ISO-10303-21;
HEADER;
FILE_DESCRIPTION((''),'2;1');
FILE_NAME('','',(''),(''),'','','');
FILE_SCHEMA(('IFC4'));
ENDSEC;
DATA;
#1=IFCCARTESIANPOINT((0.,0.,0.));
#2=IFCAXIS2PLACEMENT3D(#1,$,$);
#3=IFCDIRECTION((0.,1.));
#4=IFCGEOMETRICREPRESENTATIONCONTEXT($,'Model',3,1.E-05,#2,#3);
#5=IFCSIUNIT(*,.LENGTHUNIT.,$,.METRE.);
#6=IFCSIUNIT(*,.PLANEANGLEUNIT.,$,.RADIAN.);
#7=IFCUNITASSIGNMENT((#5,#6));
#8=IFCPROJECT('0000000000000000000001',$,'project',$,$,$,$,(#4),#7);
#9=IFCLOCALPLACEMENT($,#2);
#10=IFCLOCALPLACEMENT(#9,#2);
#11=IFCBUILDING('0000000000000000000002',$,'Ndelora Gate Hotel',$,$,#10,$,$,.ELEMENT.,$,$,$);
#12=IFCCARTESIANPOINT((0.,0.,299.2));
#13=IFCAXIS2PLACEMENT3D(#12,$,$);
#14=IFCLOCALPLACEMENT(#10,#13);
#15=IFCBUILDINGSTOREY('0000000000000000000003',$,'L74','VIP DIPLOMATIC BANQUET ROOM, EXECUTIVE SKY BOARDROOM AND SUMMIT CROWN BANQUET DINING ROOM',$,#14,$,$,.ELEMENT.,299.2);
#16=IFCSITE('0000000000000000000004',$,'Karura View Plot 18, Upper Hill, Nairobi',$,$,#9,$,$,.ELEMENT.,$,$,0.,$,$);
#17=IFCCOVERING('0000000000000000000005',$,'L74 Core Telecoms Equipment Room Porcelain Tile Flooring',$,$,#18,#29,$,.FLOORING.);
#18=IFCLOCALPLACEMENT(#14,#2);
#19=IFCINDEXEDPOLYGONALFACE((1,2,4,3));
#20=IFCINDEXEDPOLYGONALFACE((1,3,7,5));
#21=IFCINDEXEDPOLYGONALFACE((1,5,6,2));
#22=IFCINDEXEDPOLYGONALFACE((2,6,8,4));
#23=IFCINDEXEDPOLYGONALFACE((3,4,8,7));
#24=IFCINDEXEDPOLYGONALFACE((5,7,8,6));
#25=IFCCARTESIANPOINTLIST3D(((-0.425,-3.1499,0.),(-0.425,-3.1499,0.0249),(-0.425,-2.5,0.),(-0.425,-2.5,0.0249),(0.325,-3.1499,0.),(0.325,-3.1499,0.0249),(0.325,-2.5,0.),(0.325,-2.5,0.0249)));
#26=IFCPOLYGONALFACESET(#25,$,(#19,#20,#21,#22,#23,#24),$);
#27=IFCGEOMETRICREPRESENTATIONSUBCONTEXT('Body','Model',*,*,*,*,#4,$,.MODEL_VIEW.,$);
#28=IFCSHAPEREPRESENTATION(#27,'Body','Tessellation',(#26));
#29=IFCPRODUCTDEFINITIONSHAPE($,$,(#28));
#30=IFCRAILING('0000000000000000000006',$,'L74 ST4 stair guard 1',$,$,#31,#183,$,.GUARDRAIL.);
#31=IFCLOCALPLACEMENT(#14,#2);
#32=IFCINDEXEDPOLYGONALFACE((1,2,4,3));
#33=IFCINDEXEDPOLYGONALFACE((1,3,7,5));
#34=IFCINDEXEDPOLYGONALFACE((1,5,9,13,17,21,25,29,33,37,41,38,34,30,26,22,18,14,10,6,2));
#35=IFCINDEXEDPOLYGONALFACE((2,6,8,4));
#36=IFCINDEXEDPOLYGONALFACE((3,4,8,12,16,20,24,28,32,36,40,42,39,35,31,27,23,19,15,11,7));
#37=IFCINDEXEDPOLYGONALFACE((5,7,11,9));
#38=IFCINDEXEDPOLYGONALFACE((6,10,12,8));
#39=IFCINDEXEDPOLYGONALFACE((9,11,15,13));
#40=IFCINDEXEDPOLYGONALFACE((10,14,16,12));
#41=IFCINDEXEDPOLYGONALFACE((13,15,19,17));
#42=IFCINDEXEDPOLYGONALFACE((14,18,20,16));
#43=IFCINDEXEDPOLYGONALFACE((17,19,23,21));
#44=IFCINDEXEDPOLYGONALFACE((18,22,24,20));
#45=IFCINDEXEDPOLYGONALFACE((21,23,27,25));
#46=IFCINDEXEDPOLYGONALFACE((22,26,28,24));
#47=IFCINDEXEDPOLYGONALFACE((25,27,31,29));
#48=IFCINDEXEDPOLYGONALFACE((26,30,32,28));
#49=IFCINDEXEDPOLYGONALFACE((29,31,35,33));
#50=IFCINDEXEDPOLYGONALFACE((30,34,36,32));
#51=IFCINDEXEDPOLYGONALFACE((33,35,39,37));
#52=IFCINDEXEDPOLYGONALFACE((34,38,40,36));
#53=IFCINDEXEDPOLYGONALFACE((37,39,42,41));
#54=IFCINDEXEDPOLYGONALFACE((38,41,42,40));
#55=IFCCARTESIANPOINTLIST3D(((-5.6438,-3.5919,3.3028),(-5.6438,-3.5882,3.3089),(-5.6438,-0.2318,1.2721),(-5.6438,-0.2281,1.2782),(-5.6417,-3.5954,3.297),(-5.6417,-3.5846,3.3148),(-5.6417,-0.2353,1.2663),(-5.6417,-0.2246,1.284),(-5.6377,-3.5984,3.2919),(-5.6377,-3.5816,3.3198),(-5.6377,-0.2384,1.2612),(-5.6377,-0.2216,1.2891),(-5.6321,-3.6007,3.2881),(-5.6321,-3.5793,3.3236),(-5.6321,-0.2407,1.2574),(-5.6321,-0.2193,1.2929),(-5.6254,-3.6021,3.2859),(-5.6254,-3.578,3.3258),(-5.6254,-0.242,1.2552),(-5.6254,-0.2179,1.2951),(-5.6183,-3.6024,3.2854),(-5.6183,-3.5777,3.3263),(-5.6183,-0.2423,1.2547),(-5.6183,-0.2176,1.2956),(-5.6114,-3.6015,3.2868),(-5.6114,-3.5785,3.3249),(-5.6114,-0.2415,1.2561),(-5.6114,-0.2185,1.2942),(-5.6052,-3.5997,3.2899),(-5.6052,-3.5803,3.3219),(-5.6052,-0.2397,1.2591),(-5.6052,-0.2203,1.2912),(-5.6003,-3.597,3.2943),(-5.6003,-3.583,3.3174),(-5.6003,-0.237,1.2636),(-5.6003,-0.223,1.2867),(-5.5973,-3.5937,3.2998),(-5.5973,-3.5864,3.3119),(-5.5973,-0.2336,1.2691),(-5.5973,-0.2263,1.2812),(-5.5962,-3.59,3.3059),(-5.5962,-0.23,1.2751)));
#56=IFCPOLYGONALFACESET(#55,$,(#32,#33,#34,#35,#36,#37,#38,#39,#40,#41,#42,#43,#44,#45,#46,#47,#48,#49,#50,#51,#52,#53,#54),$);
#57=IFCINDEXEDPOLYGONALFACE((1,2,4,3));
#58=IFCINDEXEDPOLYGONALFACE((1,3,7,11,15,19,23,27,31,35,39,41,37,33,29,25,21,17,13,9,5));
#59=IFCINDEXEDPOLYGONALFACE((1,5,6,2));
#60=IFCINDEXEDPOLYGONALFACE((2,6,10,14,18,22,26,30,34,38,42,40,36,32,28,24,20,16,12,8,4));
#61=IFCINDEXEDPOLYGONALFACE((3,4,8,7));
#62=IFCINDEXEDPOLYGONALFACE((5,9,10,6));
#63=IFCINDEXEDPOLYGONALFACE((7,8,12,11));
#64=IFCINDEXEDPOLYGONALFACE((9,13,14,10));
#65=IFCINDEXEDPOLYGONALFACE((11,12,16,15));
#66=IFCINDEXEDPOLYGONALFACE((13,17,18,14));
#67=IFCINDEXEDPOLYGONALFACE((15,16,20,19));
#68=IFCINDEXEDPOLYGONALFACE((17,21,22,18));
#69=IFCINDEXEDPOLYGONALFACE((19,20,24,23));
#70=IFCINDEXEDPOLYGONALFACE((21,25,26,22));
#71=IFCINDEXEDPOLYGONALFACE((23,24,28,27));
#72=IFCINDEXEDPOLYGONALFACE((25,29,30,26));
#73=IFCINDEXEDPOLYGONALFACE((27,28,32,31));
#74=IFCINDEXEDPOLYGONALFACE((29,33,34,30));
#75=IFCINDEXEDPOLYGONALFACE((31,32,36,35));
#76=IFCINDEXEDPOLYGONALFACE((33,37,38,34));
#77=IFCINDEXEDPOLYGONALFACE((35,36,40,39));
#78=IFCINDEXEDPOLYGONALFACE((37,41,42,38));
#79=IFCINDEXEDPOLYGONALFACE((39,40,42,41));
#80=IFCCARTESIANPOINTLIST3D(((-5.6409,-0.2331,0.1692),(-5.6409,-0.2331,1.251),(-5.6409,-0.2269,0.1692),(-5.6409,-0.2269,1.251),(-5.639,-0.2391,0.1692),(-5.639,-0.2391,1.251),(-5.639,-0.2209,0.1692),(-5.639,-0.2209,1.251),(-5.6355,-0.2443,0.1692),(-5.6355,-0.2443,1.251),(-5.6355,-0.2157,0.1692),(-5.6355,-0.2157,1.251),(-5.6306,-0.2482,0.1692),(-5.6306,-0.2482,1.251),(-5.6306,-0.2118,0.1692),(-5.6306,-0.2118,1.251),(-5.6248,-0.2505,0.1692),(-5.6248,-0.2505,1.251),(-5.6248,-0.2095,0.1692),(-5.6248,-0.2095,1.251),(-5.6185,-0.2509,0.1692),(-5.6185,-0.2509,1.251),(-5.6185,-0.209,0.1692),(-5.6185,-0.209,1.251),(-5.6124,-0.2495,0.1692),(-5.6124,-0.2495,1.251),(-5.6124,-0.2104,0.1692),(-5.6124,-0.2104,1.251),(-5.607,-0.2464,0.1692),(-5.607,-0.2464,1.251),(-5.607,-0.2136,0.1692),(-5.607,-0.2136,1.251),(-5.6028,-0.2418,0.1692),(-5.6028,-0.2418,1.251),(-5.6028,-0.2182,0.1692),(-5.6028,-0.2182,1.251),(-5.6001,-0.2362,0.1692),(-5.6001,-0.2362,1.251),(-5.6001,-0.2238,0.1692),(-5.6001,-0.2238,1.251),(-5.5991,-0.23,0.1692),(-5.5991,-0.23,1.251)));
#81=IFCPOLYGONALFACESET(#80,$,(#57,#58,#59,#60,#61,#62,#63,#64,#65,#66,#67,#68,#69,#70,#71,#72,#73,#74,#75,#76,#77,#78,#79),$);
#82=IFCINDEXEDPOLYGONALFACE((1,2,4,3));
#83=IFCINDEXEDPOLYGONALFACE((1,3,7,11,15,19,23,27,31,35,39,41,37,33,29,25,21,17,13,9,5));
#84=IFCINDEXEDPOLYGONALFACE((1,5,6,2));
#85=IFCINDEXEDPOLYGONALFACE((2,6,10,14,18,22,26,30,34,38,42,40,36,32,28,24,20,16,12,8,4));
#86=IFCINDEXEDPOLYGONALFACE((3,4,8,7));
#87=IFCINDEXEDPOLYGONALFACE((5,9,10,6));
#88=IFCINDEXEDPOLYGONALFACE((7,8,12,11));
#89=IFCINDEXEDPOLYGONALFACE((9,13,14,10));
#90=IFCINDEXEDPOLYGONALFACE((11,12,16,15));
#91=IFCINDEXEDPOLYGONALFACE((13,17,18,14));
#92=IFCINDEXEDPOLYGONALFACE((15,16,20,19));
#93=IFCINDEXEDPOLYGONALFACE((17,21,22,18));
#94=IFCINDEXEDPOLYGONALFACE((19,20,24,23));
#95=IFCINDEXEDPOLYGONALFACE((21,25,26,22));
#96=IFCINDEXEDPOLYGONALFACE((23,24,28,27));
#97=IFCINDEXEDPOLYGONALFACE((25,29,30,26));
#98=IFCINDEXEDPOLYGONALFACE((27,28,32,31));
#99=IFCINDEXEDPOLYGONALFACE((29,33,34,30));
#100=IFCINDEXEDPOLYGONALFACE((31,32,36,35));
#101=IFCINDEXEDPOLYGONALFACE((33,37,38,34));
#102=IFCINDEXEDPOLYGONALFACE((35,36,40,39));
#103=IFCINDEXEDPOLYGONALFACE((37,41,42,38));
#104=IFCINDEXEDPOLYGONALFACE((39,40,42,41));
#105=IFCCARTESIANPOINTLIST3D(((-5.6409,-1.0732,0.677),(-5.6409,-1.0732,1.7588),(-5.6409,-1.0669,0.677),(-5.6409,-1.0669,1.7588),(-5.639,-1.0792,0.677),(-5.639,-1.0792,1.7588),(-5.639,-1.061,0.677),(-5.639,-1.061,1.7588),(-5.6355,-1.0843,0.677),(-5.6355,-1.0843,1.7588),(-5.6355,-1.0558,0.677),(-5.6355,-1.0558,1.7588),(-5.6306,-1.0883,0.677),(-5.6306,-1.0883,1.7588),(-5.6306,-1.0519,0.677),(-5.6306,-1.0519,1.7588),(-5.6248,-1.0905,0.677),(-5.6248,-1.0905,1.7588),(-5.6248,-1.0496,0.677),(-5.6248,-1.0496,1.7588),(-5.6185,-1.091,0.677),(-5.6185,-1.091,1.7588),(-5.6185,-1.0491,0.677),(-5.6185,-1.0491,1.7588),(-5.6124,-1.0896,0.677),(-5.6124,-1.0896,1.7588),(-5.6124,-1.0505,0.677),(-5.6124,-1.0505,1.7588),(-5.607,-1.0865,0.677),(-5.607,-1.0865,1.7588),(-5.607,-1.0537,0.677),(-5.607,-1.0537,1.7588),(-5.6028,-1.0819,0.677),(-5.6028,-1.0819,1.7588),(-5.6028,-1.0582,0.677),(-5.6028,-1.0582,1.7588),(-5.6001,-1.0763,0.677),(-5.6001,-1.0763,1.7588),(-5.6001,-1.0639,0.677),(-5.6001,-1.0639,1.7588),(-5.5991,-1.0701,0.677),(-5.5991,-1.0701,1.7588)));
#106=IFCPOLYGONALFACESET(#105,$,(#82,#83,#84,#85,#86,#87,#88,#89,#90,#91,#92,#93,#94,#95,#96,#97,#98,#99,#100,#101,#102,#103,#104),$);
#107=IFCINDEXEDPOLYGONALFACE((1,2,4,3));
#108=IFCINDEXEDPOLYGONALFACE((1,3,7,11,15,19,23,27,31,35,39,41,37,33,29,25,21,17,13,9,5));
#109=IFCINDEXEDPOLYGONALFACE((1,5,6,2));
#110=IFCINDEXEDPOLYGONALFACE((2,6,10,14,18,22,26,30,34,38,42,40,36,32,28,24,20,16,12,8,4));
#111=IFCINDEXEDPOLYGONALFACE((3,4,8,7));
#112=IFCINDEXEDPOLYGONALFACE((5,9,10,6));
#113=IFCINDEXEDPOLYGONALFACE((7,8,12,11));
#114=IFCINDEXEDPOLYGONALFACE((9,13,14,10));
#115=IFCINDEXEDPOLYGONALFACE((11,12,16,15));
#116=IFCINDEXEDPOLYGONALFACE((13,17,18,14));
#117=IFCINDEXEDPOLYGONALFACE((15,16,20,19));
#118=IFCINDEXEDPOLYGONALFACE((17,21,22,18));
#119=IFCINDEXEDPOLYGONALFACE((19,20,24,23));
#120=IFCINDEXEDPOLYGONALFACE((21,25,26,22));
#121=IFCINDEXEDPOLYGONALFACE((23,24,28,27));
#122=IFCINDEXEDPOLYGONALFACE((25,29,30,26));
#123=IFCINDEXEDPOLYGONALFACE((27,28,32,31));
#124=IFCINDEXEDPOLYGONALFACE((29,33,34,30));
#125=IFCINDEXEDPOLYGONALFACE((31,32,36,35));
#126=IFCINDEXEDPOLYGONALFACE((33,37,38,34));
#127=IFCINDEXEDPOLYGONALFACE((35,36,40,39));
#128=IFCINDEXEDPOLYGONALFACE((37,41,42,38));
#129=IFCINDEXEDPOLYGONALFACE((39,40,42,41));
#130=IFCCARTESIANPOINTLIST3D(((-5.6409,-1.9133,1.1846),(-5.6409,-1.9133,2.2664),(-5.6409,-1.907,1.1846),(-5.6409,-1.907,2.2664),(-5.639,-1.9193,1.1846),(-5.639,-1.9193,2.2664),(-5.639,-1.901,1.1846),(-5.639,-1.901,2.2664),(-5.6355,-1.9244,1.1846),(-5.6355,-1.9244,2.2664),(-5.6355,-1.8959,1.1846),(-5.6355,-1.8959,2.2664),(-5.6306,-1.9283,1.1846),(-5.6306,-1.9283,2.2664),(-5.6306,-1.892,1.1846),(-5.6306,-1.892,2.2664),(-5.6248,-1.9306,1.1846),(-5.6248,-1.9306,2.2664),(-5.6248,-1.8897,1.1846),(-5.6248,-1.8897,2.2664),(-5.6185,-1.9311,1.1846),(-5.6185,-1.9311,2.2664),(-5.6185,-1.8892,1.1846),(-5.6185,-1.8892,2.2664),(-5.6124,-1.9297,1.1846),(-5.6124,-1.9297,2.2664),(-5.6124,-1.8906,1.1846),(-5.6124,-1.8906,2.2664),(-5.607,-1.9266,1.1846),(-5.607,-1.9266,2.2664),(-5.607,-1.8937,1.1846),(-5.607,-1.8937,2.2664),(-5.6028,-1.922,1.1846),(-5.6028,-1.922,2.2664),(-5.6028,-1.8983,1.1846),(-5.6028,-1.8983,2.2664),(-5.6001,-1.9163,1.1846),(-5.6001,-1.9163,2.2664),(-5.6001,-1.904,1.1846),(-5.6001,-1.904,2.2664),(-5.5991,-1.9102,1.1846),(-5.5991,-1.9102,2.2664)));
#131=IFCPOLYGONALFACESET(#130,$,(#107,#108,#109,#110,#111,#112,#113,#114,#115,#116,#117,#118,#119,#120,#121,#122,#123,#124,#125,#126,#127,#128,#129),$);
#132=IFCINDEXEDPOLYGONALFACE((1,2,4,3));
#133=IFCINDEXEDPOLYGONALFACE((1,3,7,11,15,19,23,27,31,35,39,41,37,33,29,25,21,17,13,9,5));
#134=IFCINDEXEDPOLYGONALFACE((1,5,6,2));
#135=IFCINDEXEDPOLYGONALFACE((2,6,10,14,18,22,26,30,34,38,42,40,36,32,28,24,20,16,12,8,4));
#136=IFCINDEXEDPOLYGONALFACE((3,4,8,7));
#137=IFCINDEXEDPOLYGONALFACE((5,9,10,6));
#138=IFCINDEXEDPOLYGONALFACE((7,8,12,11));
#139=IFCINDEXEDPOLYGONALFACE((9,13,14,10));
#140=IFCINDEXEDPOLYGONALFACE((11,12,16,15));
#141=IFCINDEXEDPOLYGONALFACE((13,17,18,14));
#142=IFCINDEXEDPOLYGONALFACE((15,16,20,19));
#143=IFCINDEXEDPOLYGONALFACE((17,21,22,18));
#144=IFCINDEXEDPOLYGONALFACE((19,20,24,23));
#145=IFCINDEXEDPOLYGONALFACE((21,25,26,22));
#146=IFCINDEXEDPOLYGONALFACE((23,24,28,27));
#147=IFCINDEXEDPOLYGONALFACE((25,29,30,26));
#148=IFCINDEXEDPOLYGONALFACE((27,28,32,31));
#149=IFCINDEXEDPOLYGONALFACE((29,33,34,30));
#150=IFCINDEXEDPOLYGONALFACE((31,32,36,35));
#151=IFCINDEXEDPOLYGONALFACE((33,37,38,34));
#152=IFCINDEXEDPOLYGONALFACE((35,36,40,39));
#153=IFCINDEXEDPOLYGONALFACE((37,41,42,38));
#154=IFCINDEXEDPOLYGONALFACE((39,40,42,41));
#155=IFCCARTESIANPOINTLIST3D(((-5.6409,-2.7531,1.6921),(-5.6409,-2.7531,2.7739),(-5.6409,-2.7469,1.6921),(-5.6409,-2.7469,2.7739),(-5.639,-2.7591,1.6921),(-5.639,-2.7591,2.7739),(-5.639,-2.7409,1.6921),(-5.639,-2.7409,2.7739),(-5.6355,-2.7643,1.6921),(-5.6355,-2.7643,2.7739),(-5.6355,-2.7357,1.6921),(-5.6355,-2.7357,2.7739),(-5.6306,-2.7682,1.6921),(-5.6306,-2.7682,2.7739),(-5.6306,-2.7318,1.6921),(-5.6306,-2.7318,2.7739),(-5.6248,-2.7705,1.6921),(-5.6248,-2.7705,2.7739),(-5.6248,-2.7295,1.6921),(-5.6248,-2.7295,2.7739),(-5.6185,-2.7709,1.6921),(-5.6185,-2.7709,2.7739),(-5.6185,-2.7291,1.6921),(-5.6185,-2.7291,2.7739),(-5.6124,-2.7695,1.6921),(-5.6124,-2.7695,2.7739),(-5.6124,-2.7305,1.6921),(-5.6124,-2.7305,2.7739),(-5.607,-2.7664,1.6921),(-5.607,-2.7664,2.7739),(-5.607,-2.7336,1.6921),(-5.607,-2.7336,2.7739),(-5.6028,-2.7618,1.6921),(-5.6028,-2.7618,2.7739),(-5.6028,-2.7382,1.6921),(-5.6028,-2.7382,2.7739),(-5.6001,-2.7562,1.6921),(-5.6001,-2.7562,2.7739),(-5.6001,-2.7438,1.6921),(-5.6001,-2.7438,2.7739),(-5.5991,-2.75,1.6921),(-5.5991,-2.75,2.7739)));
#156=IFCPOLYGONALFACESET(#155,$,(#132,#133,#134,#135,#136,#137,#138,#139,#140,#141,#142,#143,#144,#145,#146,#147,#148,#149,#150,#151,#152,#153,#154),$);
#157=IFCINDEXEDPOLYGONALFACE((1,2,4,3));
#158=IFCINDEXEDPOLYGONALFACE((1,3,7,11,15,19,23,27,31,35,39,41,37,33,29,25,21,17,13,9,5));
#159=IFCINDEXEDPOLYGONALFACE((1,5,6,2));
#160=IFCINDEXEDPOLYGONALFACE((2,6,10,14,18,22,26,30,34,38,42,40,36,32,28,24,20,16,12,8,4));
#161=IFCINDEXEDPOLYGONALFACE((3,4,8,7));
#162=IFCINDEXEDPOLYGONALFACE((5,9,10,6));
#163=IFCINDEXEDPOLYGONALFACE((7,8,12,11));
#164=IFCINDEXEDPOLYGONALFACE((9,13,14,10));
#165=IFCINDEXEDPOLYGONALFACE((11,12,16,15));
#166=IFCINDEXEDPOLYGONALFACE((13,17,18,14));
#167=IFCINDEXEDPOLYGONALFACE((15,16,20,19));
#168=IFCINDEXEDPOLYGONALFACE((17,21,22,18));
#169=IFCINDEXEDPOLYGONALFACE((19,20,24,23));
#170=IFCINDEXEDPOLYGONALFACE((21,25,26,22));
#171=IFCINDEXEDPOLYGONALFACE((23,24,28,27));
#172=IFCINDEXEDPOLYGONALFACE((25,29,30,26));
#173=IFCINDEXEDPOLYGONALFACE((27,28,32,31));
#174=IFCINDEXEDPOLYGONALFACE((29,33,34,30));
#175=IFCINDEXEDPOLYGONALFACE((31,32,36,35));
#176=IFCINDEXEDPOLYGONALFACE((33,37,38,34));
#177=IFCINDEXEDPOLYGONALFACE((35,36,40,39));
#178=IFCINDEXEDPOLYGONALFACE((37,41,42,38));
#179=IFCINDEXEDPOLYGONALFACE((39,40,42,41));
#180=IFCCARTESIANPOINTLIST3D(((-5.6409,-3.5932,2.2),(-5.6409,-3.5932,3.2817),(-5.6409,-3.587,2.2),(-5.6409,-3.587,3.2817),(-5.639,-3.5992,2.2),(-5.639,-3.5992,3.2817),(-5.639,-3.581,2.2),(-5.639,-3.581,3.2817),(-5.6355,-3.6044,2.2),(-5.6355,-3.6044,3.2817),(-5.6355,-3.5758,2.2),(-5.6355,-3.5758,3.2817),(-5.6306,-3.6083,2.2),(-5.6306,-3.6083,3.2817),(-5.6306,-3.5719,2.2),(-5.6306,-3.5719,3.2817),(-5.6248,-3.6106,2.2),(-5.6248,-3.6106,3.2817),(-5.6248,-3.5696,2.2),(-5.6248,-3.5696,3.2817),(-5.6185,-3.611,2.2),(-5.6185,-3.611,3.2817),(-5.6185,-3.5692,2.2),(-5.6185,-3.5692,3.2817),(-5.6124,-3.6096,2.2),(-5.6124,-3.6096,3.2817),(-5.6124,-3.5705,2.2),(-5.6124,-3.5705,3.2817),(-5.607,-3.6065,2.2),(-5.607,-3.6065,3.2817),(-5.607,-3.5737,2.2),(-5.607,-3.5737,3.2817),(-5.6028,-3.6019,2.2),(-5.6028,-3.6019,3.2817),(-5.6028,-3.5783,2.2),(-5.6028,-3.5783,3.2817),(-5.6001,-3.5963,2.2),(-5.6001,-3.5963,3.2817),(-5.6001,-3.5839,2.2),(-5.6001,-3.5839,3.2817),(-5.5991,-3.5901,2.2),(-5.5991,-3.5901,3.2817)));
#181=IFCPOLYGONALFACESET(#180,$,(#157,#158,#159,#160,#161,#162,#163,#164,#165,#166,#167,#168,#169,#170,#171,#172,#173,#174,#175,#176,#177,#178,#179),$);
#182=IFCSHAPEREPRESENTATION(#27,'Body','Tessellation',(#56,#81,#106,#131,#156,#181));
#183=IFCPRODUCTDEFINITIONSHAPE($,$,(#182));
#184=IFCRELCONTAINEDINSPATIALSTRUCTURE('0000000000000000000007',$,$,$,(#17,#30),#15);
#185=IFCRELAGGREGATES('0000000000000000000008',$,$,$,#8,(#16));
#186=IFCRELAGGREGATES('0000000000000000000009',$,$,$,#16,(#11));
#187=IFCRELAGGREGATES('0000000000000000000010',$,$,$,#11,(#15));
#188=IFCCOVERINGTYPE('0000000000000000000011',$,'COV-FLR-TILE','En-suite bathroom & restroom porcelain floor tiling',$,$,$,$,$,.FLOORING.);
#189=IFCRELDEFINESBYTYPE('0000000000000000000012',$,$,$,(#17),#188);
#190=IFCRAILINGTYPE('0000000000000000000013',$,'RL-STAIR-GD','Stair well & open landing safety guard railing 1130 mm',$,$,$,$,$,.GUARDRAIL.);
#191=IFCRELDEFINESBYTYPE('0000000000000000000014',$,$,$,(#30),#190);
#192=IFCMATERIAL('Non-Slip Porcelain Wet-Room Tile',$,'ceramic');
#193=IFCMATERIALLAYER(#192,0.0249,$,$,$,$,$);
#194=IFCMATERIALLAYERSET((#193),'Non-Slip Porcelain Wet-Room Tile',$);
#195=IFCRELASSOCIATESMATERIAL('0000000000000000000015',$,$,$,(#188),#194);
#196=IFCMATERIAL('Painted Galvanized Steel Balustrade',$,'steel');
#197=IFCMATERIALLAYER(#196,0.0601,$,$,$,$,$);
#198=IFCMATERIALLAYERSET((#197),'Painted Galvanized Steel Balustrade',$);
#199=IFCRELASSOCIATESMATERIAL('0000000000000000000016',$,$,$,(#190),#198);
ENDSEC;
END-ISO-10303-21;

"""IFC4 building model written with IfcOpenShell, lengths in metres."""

from ifc_helpers import new_model, si_unit, direction, frame, origin, origin_2d, place, context, subcontext, project, spatial, rectangle, circle, extrude, material, layer, layer_set, type_object, element, save


model = new_model("IFC4")

# Units and contexts
model_context = context("Model", 3, precision=1e-05, world=origin(), true_north=direction((0.0, 1.0)))
body_context = subcontext(model_context, "Body", "Model", "MODEL_VIEW")
ifc_project = project(units=[si_unit("LENGTHUNIT", "METRE"), si_unit("PLANEANGLEUNIT", "RADIAN")], contexts=[model_context])

# Site, building, storey
site_placement = place(None, origin())
site = spatial("IfcSite", under=ifc_project, at=site_placement, Name="Karura View Plot 18, Upper Hill, Nairobi", CompositionType="ELEMENT", RefElevation=0.0)
building_placement = place(site_placement, origin())
building = spatial("IfcBuilding", under=site, at=building_placement, Name="Ndelora Gate Hotel", CompositionType="ELEMENT")
storey_placement = place(building_placement, frame((0.0, 0.0, 299.2)))
storey = spatial("IfcBuildingStorey", under=building, at=storey_placement, Name="L74", Description="VIP DIPLOMATIC BANQUET ROOM, EXECUTIVE SKY BOARDROOM AND SUMMIT CROWN BANQUET DINING ROOM", CompositionType="ELEMENT", Elevation=299.2)

# Covering
ifc_material_1 = material(Name="Non-Slip Porcelain Wet-Room Tile", Category="ceramic")
ifc_layer_1 = layer(ifc_material_1, 0.0249)
ifc_layer_set_1 = layer_set([ifc_layer_1], Name="Non-Slip Porcelain Wet-Room Tile")
covering_type = type_object("IfcCoveringType", Name="COV-FLR-TILE", Description="En-suite bathroom & restroom porcelain floor tiling", PredefinedType="FLOORING", material=ifc_layer_set_1)
for number, where, z_axis, x_axis, name in (
    (1, (-0.05, -2.825, 0.0), (0.0, 0.0, 1.0), (1.0, 0.0, 0.0), "L74 Core Telecoms Equipment Room Porcelain Tile Flooring"),
):
    element("IfcCovering", number, at=place(storey_placement, frame(where, z_axis=z_axis, x_axis=x_axis)), inside=storey, type_object=covering_type, Name=name, PredefinedType="FLOORING", context=body_context, shape_type="SweptSolid", body=[
        extrude(rectangle(XDim=0.75, YDim=0.6499, at=origin_2d()), origin(), (0.0, 0.0, 1.0), 0.0249),
    ])

# Railing
ifc_material_2 = material(Name="Painted Galvanized Steel Balustrade", Category="steel")
ifc_layer_2 = layer(ifc_material_2, 0.0601)
ifc_layer_set_2 = layer_set([ifc_layer_2], Name="Painted Galvanized Steel Balustrade")
railing_type_1 = type_object("IfcRailingType", Name="RL-STAIR-GD", Description="Stair well & open landing safety guard railing 1130 mm", PredefinedType="GUARDRAIL", material=ifc_layer_set_2)
railing_1_placement = place(storey_placement, frame((-5.6201, -0.23, 0.1692)))
element("IfcRailing", 2, at=railing_1_placement, inside=storey, type_object=railing_type_1, Name="L74 ST4 stair guard 1", PredefinedType="GUARDRAIL", context=body_context, shape_type="SweptSolid", body=[
    extrude(circle(Radius=0.0239, at=origin_2d()), frame((0.0, 0.0, 1.106), z_axis=(0.0, -0.855837, 0.517246), x_axis=(1.0, 0.0, 0.0)), (0.0, 0.0, 1.0), 3.926),
    extrude(circle(Radius=0.021, at=origin_2d()), origin(), (0.0, 0.0, 1.0), 1.0818),
    extrude(circle(Radius=0.021, at=origin_2d()), frame((0.0, -0.8401, 0.5078)), (0.0, 0.0, 1.0), 1.0818),
    extrude(circle(Radius=0.021, at=origin_2d()), frame((0.0, -1.6802, 1.0154)), (0.0, 0.0, 1.0), 1.0818),
    extrude(circle(Radius=0.021, at=origin_2d()), frame((0.0, -2.52, 1.5229)), (0.0, 0.0, 1.0), 1.0818),
    extrude(circle(Radius=0.021, at=origin_2d()), frame((0.0, -3.3601, 2.0308)), (0.0, 0.0, 1.0), 1.0818),
])

save(model, "model.ifc")
